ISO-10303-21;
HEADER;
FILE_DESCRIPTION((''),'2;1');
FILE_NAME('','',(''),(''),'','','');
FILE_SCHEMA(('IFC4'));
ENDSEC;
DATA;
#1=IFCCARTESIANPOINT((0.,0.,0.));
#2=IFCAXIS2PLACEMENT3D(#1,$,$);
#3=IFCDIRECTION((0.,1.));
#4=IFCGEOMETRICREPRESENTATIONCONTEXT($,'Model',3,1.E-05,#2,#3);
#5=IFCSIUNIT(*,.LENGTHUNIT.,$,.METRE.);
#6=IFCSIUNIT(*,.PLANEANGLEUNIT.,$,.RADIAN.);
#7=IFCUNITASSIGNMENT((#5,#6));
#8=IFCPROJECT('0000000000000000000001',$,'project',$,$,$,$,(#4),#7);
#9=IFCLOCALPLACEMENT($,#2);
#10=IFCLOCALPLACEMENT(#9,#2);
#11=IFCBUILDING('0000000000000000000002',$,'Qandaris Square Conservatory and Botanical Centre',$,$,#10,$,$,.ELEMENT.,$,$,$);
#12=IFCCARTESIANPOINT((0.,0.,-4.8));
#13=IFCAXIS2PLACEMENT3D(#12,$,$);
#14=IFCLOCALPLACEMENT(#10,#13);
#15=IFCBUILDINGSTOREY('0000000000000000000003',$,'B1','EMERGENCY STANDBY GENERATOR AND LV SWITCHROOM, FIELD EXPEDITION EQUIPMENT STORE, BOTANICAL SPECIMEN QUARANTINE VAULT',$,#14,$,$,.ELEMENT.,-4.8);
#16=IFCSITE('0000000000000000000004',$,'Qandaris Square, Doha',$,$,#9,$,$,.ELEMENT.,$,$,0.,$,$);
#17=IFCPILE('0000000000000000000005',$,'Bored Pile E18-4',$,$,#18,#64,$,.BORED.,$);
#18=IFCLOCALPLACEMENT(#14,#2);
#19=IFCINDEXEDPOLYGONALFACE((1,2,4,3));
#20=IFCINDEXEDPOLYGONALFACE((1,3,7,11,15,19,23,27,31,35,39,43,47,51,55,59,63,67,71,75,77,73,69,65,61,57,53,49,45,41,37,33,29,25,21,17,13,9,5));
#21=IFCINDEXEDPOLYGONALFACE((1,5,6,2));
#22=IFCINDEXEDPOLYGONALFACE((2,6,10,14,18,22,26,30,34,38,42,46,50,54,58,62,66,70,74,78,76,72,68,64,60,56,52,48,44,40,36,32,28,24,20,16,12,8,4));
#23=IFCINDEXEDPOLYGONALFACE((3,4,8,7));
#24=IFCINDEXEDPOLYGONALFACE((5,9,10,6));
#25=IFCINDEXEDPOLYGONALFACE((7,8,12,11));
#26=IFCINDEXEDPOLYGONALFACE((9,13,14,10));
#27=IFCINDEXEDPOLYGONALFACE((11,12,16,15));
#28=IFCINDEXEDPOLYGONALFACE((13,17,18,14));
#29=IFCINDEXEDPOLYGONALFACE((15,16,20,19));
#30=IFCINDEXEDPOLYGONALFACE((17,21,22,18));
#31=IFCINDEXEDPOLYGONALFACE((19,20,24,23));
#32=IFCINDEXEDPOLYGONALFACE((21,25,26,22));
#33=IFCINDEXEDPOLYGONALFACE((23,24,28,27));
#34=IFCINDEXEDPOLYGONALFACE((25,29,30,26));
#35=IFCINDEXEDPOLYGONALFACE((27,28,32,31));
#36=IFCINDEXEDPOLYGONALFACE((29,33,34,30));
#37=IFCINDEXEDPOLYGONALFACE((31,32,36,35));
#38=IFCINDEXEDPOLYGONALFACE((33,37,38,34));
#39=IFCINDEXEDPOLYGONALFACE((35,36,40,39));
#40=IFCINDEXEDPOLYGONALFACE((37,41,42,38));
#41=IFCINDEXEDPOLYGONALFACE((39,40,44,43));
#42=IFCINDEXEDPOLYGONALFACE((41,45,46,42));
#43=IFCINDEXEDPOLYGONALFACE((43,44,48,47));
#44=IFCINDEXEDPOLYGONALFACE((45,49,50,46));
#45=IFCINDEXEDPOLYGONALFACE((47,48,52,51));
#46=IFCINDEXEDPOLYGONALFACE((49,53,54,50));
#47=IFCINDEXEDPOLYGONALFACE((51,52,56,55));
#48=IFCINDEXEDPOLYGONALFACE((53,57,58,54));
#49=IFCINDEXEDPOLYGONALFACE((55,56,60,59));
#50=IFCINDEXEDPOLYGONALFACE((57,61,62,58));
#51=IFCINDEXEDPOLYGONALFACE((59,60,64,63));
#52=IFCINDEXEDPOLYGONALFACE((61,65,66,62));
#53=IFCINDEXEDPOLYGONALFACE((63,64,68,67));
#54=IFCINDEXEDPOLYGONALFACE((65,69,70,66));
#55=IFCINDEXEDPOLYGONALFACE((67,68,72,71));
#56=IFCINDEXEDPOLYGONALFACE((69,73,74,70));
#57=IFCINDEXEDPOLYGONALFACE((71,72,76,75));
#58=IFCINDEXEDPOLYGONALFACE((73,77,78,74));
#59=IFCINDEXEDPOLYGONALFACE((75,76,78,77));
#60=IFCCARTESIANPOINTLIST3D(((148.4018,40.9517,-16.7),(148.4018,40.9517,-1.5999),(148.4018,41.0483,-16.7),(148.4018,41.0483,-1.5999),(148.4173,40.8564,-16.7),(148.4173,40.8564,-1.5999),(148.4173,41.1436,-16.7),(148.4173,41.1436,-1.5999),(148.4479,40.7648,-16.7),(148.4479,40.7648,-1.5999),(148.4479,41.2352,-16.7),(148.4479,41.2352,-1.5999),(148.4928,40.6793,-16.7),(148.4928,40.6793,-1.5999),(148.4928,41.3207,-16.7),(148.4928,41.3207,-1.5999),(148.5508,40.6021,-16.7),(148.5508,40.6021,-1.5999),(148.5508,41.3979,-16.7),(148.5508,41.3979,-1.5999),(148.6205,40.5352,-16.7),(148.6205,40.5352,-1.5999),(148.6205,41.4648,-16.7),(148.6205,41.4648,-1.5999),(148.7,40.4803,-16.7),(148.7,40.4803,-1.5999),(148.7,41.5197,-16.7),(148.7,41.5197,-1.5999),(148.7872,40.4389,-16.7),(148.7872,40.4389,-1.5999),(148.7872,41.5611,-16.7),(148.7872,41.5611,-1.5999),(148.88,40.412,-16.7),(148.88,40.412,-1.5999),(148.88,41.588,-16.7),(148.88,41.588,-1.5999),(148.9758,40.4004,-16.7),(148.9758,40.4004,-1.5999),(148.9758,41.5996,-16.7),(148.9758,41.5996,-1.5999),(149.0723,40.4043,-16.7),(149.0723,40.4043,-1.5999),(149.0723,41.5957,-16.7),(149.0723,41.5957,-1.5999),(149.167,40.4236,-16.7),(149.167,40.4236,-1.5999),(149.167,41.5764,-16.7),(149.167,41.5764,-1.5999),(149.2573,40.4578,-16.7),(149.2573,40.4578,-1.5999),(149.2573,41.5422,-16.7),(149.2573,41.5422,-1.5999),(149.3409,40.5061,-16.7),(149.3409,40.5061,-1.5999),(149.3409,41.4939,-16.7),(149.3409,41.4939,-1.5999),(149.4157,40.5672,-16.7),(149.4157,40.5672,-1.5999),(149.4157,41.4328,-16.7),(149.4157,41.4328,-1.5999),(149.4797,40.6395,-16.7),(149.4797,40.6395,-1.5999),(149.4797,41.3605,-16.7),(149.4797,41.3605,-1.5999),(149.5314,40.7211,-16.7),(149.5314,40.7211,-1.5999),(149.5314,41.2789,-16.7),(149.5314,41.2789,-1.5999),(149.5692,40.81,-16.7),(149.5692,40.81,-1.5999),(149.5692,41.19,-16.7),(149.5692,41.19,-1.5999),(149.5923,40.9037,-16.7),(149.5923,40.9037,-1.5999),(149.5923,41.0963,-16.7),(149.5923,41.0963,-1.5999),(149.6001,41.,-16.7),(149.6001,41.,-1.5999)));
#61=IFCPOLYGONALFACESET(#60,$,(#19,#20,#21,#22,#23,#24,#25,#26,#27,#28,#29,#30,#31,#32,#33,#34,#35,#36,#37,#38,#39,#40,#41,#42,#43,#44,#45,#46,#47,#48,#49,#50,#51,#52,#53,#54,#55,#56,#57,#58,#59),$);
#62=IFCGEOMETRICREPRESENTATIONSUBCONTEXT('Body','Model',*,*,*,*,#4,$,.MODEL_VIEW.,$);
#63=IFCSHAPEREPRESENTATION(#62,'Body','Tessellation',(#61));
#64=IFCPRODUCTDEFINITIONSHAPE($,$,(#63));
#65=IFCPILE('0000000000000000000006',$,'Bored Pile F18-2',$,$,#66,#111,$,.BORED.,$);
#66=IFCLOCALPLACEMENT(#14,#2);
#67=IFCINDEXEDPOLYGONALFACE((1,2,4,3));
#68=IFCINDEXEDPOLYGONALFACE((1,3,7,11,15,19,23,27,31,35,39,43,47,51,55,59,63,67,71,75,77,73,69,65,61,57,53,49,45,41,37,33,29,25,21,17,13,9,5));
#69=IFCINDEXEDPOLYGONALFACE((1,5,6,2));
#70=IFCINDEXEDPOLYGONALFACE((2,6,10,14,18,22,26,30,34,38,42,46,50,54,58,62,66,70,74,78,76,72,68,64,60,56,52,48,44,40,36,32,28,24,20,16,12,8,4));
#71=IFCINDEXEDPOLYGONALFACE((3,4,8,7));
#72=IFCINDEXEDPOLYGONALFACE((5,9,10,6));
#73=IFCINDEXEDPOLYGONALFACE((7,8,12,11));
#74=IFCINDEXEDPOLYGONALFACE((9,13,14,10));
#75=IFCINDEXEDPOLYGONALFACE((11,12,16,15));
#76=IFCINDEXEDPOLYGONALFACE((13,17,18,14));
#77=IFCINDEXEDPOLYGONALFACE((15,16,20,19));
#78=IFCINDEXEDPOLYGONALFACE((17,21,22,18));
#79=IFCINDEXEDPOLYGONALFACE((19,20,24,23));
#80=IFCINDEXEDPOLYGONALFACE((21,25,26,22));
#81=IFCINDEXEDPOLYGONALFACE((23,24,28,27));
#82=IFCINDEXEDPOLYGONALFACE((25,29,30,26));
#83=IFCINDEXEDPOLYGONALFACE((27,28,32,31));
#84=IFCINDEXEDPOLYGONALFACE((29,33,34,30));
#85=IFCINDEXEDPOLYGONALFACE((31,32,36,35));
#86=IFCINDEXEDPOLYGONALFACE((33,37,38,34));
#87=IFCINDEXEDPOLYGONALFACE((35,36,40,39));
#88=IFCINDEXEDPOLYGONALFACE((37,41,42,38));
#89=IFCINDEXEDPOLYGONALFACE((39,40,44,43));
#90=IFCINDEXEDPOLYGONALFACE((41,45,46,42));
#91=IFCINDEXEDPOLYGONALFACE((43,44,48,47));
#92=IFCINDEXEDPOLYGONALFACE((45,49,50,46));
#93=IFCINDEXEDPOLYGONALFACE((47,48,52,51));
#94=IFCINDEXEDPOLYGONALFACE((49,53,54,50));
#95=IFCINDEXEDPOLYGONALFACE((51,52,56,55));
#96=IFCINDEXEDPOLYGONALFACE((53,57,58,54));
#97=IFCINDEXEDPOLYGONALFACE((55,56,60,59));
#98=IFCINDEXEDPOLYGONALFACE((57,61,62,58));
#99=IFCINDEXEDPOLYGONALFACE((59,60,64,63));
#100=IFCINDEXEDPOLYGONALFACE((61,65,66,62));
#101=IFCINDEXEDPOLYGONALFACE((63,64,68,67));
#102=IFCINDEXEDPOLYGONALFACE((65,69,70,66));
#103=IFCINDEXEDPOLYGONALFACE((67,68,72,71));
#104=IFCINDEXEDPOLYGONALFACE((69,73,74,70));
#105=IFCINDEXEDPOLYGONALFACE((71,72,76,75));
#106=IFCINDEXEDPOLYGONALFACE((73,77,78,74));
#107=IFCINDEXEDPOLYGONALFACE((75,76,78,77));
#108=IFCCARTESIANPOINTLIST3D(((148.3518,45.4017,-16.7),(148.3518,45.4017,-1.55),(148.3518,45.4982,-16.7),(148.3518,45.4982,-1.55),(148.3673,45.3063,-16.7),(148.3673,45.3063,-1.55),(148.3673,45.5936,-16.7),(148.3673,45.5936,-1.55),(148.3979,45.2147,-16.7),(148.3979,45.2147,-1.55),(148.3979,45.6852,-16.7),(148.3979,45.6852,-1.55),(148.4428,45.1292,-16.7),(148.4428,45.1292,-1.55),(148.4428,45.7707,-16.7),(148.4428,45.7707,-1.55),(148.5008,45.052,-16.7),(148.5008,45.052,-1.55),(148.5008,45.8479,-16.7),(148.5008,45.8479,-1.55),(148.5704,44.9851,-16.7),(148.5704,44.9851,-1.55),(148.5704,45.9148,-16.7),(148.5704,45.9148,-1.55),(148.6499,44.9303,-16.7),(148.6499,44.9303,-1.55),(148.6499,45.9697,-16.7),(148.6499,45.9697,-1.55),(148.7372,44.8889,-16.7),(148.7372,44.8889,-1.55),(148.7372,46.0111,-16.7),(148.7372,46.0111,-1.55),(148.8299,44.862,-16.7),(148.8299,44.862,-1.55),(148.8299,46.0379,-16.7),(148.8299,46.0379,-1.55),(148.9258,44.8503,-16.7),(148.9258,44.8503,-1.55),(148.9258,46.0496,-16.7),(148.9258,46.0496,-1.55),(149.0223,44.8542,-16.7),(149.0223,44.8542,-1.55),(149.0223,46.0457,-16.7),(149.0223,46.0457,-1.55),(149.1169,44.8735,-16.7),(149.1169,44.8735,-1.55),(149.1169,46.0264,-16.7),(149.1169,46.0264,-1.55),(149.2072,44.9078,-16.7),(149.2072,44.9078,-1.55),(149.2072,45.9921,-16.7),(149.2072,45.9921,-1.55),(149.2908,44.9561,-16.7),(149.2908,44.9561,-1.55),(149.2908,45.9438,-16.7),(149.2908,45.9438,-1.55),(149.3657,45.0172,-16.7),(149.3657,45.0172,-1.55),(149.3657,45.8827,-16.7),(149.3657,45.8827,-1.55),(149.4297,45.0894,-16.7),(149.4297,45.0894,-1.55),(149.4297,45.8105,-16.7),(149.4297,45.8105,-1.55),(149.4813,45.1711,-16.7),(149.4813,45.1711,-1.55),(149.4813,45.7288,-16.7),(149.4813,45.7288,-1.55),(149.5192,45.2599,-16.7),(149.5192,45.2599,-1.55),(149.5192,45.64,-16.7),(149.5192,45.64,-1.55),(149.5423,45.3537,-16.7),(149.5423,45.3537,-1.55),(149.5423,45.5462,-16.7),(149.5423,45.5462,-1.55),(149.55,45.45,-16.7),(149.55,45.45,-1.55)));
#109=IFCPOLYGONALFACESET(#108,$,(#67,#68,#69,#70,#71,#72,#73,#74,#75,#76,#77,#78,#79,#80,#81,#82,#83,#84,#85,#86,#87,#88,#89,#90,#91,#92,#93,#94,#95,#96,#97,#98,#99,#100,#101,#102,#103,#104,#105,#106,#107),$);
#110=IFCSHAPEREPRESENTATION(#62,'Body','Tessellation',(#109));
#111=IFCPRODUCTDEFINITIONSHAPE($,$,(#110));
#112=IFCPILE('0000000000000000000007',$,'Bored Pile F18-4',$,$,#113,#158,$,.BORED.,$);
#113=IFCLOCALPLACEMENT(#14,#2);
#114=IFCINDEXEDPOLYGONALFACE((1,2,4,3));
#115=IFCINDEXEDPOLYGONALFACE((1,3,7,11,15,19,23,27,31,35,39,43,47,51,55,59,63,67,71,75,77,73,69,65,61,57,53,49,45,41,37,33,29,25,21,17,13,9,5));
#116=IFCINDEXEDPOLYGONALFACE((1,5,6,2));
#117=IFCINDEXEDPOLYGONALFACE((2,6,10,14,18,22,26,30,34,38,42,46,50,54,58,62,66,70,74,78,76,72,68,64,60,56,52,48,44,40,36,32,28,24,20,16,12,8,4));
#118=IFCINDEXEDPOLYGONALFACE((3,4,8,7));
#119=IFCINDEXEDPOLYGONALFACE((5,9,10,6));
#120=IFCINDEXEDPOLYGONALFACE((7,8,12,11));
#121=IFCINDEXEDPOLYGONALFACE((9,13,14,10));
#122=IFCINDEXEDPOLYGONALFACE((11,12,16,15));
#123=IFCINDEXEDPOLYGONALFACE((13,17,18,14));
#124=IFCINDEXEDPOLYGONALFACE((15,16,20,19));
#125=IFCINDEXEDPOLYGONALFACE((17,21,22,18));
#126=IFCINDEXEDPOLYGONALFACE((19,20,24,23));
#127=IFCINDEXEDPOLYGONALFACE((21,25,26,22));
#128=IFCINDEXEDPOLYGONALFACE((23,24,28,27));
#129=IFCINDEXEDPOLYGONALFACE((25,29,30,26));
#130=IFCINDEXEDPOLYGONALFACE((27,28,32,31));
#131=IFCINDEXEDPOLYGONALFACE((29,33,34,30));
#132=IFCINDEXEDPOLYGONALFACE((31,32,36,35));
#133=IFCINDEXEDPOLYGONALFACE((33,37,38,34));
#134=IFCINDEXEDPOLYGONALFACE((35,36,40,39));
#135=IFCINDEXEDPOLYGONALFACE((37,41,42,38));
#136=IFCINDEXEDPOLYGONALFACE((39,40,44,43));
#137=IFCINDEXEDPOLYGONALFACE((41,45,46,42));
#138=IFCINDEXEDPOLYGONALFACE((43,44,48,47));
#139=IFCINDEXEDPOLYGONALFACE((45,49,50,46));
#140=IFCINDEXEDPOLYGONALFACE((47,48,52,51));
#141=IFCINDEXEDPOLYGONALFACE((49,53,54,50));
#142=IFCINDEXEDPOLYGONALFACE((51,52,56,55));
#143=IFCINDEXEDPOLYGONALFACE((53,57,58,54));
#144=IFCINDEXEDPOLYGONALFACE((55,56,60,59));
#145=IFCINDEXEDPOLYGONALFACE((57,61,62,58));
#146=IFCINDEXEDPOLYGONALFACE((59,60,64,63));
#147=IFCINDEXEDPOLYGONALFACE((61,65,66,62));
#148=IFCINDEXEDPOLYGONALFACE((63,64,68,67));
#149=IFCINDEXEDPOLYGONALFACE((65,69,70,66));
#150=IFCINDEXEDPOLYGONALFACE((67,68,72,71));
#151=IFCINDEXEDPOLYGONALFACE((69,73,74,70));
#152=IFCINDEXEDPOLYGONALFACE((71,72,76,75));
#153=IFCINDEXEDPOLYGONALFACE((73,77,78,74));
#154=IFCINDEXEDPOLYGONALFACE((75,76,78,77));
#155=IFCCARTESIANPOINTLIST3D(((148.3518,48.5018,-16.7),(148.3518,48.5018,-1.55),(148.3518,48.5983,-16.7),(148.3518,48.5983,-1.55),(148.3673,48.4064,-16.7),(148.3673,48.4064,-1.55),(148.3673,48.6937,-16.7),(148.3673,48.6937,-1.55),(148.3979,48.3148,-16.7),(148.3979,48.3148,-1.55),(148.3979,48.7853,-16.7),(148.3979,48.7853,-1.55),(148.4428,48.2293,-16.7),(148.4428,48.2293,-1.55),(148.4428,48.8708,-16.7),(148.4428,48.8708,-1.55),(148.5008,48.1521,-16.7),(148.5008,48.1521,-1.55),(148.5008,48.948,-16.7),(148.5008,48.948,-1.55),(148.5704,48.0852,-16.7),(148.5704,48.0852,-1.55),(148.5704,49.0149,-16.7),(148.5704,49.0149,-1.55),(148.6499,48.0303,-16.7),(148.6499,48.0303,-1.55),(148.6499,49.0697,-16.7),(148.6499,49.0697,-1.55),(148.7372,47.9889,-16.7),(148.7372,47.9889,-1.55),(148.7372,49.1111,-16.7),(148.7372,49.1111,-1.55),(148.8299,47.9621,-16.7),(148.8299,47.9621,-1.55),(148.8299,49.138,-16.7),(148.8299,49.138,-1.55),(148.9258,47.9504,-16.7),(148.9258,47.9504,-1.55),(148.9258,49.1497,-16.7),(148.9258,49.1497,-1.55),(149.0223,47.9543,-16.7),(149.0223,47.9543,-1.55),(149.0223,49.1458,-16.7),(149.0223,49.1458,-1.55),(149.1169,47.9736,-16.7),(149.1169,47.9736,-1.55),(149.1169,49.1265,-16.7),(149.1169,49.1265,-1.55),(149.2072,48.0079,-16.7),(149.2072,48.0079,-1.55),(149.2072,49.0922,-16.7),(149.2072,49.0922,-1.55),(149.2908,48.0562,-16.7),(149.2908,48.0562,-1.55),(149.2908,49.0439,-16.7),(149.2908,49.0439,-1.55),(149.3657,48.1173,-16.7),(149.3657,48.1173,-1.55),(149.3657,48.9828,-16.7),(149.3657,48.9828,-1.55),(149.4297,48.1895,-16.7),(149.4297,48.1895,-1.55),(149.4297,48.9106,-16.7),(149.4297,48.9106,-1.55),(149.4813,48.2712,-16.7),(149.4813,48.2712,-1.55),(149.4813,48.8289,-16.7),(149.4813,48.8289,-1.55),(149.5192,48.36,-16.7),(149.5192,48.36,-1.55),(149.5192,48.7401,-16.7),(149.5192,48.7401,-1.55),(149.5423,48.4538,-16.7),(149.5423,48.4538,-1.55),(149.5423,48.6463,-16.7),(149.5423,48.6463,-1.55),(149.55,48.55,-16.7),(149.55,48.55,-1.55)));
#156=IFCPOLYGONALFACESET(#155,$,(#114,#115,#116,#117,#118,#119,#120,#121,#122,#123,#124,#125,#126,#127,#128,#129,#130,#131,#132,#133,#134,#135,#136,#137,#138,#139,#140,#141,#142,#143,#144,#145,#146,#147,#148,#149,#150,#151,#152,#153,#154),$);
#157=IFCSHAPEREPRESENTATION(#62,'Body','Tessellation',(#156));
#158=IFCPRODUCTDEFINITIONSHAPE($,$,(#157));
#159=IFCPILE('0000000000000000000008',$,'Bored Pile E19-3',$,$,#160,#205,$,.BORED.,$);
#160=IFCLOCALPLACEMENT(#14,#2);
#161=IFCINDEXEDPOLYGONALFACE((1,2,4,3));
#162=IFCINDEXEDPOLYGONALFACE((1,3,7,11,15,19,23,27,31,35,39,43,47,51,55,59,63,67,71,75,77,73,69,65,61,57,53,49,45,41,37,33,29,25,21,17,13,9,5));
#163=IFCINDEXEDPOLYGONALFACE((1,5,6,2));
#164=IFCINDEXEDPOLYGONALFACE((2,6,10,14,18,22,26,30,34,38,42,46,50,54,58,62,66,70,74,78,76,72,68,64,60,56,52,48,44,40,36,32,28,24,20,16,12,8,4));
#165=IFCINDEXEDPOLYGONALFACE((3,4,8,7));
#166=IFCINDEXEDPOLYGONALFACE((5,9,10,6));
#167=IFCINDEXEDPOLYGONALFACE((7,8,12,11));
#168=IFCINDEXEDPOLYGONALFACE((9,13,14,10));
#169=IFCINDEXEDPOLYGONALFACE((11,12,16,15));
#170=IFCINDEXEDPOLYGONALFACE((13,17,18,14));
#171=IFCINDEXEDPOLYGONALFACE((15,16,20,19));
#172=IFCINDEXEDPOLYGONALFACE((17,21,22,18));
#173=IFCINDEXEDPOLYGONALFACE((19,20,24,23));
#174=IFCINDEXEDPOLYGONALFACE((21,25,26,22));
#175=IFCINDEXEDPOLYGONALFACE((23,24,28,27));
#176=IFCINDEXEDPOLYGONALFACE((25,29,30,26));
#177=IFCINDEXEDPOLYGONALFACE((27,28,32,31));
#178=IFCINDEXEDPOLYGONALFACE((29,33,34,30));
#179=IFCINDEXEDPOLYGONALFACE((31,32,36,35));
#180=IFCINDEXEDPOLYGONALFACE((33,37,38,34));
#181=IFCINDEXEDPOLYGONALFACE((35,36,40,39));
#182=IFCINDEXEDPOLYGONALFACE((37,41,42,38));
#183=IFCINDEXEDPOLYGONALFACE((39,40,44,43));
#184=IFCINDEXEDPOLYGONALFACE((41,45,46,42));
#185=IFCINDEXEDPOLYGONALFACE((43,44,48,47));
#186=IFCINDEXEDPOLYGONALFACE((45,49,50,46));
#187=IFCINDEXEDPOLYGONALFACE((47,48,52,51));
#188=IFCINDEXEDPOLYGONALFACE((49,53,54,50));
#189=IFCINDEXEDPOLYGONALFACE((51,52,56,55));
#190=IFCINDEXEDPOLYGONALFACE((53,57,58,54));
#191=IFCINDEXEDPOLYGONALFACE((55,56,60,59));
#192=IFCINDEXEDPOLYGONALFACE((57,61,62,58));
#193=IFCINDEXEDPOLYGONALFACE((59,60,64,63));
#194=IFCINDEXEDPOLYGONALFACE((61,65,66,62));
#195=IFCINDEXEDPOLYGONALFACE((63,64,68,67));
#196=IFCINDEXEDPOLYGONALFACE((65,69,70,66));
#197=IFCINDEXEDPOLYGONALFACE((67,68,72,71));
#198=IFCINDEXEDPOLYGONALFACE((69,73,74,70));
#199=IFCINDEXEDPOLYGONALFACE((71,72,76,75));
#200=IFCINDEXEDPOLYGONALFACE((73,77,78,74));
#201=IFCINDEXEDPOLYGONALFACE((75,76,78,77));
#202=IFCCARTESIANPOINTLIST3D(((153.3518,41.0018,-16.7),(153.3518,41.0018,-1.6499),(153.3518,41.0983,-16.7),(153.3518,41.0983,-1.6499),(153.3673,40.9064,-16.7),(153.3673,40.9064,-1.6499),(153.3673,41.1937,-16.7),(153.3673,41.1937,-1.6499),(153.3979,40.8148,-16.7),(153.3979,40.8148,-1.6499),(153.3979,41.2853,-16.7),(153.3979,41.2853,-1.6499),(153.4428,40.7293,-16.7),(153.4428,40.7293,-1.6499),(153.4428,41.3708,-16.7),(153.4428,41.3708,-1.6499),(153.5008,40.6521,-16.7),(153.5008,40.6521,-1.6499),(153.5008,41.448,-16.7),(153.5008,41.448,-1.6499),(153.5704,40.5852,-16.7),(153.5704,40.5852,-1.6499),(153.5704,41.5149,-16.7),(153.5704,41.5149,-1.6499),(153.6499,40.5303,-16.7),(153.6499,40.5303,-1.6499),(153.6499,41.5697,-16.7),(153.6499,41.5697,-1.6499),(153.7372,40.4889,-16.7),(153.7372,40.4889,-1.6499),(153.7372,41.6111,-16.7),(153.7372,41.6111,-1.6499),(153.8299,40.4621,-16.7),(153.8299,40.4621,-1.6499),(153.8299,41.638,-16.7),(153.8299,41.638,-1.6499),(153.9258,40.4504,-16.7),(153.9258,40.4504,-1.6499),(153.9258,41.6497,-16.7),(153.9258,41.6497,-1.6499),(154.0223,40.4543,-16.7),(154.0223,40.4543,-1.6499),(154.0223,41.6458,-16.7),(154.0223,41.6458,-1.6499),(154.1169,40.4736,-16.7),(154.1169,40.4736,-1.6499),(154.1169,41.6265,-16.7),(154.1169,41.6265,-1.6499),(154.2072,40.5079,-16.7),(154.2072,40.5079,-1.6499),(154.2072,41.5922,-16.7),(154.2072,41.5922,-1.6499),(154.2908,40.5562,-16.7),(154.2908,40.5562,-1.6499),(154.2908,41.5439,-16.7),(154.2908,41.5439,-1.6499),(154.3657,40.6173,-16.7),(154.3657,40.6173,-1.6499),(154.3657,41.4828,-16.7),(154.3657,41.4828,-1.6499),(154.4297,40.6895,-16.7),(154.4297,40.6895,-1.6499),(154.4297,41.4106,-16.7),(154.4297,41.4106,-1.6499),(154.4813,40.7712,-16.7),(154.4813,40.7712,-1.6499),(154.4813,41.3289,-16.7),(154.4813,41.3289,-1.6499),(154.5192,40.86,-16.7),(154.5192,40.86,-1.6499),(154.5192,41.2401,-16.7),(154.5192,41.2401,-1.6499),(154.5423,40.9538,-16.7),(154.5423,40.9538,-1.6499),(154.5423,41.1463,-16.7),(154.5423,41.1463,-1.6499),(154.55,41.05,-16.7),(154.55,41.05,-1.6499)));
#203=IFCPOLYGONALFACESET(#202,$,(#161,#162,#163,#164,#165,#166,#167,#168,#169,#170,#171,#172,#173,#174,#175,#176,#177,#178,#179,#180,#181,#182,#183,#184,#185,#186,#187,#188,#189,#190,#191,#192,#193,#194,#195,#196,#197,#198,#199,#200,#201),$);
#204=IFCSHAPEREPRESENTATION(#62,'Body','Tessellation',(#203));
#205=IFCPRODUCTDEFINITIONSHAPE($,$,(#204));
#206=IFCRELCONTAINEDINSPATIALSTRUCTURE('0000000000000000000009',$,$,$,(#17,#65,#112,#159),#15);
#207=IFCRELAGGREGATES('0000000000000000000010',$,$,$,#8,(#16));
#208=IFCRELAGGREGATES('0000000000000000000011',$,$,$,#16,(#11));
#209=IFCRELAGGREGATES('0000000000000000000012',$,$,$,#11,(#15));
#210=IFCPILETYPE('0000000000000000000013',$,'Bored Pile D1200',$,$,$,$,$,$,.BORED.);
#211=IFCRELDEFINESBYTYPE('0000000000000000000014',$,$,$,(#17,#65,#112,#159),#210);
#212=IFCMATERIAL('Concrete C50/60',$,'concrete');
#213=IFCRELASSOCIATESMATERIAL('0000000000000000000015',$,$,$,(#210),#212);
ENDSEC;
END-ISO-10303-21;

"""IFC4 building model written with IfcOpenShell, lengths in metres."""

from ifc_helpers import new_model, si_unit, direction, frame, origin, origin_2d, place, context, subcontext, project, spatial, circle, extrude, material, material_profile, profile_set, type_object, element, save


model = new_model("IFC4")

# Units and contexts
model_context = context("Model", 3, precision=1e-05, world=origin(), true_north=direction((0.0, 1.0)))
body_context = subcontext(model_context, "Body", "Model", "MODEL_VIEW")
ifc_project = project(units=[si_unit("LENGTHUNIT", "METRE"), si_unit("PLANEANGLEUNIT", "RADIAN")], contexts=[model_context])

# Site, building, storey
site_placement = place(None, origin())
site = spatial("IfcSite", under=ifc_project, at=site_placement, Name="Qandaris Square, Doha", CompositionType="ELEMENT", RefElevation=0.0)
building_placement = place(site_placement, origin())
building = spatial("IfcBuilding", under=site, at=building_placement, Name="Qandaris Square Conservatory and Botanical Centre", CompositionType="ELEMENT")
storey_placement = place(building_placement, frame((0.0, 0.0, -4.8)))
storey = spatial("IfcBuildingStorey", under=building, at=storey_placement, Name="B1", Description="EMERGENCY STANDBY GENERATOR AND LV SWITCHROOM, FIELD EXPEDITION EQUIPMENT STORE, BOTANICAL SPECIMEN QUARANTINE VAULT", CompositionType="ELEMENT", Elevation=-4.8)

# Piles
ifc_material_1 = material(Name="Concrete C50/60", Category="concrete")
ifc_material_profile_1 = material_profile(ifc_material_1, circle(Radius=0.6001, at=origin_2d()), Name="PILE D1200")
ifc_profile_set_1 = profile_set([ifc_material_profile_1], Name="Concrete C50/60")
pile_type = type_object("IfcPileType", Name="Bored Pile D1200", PredefinedType="BORED", material=ifc_profile_set_1)
pile_1_placement = place(storey_placement, frame((149.0, 41.0, -1.5999), z_axis=(0.0, 0.0, -1.0), x_axis=(1.0, 0.0, 0.0)))
element("IfcPile", 1, at=pile_1_placement, inside=storey, type_object=pile_type, Name="Bored Pile E18-4", PredefinedType="BORED", context=body_context, shape_type="SweptSolid", body=[
    extrude(circle(Radius=0.6001, at=origin_2d()), origin(), (0.0, 0.0, 1.0), 15.1001),
])
for number, where, z_axis, x_axis, name in (
    (2, (148.95, 45.45, -1.55), (0.0, 0.0, -1.0), (1.0, 0.0, 0.0), "Bored Pile F18-2"),
    (3, (148.95, 48.55, -1.55), (0.0, 0.0, -1.0), (1.0, 0.0, 0.0), "Bored Pile F18-4"),
):
    element("IfcPile", number, at=place(storey_placement, frame(where, z_axis=z_axis, x_axis=x_axis)), inside=storey, type_object=pile_type, Name=name, PredefinedType="BORED", context=body_context, shape_type="SweptSolid", body=[
        extrude(circle(Radius=0.6001, at=origin_2d()), origin(), (0.0, 0.0, 1.0), 15.1499),
    ])
pile_2_placement = place(storey_placement, frame((153.95, 41.05, -1.6499), z_axis=(0.0, 0.0, -1.0), x_axis=(1.0, 0.0, 0.0)))
element("IfcPile", 4, at=pile_2_placement, inside=storey, type_object=pile_type, Name="Bored Pile E19-3", PredefinedType="BORED", context=body_context, shape_type="SweptSolid", body=[
    extrude(circle(Radius=0.6001, at=origin_2d()), origin(), (0.0, 0.0, 1.0), 15.05),
])

save(model, "model.ifc")
